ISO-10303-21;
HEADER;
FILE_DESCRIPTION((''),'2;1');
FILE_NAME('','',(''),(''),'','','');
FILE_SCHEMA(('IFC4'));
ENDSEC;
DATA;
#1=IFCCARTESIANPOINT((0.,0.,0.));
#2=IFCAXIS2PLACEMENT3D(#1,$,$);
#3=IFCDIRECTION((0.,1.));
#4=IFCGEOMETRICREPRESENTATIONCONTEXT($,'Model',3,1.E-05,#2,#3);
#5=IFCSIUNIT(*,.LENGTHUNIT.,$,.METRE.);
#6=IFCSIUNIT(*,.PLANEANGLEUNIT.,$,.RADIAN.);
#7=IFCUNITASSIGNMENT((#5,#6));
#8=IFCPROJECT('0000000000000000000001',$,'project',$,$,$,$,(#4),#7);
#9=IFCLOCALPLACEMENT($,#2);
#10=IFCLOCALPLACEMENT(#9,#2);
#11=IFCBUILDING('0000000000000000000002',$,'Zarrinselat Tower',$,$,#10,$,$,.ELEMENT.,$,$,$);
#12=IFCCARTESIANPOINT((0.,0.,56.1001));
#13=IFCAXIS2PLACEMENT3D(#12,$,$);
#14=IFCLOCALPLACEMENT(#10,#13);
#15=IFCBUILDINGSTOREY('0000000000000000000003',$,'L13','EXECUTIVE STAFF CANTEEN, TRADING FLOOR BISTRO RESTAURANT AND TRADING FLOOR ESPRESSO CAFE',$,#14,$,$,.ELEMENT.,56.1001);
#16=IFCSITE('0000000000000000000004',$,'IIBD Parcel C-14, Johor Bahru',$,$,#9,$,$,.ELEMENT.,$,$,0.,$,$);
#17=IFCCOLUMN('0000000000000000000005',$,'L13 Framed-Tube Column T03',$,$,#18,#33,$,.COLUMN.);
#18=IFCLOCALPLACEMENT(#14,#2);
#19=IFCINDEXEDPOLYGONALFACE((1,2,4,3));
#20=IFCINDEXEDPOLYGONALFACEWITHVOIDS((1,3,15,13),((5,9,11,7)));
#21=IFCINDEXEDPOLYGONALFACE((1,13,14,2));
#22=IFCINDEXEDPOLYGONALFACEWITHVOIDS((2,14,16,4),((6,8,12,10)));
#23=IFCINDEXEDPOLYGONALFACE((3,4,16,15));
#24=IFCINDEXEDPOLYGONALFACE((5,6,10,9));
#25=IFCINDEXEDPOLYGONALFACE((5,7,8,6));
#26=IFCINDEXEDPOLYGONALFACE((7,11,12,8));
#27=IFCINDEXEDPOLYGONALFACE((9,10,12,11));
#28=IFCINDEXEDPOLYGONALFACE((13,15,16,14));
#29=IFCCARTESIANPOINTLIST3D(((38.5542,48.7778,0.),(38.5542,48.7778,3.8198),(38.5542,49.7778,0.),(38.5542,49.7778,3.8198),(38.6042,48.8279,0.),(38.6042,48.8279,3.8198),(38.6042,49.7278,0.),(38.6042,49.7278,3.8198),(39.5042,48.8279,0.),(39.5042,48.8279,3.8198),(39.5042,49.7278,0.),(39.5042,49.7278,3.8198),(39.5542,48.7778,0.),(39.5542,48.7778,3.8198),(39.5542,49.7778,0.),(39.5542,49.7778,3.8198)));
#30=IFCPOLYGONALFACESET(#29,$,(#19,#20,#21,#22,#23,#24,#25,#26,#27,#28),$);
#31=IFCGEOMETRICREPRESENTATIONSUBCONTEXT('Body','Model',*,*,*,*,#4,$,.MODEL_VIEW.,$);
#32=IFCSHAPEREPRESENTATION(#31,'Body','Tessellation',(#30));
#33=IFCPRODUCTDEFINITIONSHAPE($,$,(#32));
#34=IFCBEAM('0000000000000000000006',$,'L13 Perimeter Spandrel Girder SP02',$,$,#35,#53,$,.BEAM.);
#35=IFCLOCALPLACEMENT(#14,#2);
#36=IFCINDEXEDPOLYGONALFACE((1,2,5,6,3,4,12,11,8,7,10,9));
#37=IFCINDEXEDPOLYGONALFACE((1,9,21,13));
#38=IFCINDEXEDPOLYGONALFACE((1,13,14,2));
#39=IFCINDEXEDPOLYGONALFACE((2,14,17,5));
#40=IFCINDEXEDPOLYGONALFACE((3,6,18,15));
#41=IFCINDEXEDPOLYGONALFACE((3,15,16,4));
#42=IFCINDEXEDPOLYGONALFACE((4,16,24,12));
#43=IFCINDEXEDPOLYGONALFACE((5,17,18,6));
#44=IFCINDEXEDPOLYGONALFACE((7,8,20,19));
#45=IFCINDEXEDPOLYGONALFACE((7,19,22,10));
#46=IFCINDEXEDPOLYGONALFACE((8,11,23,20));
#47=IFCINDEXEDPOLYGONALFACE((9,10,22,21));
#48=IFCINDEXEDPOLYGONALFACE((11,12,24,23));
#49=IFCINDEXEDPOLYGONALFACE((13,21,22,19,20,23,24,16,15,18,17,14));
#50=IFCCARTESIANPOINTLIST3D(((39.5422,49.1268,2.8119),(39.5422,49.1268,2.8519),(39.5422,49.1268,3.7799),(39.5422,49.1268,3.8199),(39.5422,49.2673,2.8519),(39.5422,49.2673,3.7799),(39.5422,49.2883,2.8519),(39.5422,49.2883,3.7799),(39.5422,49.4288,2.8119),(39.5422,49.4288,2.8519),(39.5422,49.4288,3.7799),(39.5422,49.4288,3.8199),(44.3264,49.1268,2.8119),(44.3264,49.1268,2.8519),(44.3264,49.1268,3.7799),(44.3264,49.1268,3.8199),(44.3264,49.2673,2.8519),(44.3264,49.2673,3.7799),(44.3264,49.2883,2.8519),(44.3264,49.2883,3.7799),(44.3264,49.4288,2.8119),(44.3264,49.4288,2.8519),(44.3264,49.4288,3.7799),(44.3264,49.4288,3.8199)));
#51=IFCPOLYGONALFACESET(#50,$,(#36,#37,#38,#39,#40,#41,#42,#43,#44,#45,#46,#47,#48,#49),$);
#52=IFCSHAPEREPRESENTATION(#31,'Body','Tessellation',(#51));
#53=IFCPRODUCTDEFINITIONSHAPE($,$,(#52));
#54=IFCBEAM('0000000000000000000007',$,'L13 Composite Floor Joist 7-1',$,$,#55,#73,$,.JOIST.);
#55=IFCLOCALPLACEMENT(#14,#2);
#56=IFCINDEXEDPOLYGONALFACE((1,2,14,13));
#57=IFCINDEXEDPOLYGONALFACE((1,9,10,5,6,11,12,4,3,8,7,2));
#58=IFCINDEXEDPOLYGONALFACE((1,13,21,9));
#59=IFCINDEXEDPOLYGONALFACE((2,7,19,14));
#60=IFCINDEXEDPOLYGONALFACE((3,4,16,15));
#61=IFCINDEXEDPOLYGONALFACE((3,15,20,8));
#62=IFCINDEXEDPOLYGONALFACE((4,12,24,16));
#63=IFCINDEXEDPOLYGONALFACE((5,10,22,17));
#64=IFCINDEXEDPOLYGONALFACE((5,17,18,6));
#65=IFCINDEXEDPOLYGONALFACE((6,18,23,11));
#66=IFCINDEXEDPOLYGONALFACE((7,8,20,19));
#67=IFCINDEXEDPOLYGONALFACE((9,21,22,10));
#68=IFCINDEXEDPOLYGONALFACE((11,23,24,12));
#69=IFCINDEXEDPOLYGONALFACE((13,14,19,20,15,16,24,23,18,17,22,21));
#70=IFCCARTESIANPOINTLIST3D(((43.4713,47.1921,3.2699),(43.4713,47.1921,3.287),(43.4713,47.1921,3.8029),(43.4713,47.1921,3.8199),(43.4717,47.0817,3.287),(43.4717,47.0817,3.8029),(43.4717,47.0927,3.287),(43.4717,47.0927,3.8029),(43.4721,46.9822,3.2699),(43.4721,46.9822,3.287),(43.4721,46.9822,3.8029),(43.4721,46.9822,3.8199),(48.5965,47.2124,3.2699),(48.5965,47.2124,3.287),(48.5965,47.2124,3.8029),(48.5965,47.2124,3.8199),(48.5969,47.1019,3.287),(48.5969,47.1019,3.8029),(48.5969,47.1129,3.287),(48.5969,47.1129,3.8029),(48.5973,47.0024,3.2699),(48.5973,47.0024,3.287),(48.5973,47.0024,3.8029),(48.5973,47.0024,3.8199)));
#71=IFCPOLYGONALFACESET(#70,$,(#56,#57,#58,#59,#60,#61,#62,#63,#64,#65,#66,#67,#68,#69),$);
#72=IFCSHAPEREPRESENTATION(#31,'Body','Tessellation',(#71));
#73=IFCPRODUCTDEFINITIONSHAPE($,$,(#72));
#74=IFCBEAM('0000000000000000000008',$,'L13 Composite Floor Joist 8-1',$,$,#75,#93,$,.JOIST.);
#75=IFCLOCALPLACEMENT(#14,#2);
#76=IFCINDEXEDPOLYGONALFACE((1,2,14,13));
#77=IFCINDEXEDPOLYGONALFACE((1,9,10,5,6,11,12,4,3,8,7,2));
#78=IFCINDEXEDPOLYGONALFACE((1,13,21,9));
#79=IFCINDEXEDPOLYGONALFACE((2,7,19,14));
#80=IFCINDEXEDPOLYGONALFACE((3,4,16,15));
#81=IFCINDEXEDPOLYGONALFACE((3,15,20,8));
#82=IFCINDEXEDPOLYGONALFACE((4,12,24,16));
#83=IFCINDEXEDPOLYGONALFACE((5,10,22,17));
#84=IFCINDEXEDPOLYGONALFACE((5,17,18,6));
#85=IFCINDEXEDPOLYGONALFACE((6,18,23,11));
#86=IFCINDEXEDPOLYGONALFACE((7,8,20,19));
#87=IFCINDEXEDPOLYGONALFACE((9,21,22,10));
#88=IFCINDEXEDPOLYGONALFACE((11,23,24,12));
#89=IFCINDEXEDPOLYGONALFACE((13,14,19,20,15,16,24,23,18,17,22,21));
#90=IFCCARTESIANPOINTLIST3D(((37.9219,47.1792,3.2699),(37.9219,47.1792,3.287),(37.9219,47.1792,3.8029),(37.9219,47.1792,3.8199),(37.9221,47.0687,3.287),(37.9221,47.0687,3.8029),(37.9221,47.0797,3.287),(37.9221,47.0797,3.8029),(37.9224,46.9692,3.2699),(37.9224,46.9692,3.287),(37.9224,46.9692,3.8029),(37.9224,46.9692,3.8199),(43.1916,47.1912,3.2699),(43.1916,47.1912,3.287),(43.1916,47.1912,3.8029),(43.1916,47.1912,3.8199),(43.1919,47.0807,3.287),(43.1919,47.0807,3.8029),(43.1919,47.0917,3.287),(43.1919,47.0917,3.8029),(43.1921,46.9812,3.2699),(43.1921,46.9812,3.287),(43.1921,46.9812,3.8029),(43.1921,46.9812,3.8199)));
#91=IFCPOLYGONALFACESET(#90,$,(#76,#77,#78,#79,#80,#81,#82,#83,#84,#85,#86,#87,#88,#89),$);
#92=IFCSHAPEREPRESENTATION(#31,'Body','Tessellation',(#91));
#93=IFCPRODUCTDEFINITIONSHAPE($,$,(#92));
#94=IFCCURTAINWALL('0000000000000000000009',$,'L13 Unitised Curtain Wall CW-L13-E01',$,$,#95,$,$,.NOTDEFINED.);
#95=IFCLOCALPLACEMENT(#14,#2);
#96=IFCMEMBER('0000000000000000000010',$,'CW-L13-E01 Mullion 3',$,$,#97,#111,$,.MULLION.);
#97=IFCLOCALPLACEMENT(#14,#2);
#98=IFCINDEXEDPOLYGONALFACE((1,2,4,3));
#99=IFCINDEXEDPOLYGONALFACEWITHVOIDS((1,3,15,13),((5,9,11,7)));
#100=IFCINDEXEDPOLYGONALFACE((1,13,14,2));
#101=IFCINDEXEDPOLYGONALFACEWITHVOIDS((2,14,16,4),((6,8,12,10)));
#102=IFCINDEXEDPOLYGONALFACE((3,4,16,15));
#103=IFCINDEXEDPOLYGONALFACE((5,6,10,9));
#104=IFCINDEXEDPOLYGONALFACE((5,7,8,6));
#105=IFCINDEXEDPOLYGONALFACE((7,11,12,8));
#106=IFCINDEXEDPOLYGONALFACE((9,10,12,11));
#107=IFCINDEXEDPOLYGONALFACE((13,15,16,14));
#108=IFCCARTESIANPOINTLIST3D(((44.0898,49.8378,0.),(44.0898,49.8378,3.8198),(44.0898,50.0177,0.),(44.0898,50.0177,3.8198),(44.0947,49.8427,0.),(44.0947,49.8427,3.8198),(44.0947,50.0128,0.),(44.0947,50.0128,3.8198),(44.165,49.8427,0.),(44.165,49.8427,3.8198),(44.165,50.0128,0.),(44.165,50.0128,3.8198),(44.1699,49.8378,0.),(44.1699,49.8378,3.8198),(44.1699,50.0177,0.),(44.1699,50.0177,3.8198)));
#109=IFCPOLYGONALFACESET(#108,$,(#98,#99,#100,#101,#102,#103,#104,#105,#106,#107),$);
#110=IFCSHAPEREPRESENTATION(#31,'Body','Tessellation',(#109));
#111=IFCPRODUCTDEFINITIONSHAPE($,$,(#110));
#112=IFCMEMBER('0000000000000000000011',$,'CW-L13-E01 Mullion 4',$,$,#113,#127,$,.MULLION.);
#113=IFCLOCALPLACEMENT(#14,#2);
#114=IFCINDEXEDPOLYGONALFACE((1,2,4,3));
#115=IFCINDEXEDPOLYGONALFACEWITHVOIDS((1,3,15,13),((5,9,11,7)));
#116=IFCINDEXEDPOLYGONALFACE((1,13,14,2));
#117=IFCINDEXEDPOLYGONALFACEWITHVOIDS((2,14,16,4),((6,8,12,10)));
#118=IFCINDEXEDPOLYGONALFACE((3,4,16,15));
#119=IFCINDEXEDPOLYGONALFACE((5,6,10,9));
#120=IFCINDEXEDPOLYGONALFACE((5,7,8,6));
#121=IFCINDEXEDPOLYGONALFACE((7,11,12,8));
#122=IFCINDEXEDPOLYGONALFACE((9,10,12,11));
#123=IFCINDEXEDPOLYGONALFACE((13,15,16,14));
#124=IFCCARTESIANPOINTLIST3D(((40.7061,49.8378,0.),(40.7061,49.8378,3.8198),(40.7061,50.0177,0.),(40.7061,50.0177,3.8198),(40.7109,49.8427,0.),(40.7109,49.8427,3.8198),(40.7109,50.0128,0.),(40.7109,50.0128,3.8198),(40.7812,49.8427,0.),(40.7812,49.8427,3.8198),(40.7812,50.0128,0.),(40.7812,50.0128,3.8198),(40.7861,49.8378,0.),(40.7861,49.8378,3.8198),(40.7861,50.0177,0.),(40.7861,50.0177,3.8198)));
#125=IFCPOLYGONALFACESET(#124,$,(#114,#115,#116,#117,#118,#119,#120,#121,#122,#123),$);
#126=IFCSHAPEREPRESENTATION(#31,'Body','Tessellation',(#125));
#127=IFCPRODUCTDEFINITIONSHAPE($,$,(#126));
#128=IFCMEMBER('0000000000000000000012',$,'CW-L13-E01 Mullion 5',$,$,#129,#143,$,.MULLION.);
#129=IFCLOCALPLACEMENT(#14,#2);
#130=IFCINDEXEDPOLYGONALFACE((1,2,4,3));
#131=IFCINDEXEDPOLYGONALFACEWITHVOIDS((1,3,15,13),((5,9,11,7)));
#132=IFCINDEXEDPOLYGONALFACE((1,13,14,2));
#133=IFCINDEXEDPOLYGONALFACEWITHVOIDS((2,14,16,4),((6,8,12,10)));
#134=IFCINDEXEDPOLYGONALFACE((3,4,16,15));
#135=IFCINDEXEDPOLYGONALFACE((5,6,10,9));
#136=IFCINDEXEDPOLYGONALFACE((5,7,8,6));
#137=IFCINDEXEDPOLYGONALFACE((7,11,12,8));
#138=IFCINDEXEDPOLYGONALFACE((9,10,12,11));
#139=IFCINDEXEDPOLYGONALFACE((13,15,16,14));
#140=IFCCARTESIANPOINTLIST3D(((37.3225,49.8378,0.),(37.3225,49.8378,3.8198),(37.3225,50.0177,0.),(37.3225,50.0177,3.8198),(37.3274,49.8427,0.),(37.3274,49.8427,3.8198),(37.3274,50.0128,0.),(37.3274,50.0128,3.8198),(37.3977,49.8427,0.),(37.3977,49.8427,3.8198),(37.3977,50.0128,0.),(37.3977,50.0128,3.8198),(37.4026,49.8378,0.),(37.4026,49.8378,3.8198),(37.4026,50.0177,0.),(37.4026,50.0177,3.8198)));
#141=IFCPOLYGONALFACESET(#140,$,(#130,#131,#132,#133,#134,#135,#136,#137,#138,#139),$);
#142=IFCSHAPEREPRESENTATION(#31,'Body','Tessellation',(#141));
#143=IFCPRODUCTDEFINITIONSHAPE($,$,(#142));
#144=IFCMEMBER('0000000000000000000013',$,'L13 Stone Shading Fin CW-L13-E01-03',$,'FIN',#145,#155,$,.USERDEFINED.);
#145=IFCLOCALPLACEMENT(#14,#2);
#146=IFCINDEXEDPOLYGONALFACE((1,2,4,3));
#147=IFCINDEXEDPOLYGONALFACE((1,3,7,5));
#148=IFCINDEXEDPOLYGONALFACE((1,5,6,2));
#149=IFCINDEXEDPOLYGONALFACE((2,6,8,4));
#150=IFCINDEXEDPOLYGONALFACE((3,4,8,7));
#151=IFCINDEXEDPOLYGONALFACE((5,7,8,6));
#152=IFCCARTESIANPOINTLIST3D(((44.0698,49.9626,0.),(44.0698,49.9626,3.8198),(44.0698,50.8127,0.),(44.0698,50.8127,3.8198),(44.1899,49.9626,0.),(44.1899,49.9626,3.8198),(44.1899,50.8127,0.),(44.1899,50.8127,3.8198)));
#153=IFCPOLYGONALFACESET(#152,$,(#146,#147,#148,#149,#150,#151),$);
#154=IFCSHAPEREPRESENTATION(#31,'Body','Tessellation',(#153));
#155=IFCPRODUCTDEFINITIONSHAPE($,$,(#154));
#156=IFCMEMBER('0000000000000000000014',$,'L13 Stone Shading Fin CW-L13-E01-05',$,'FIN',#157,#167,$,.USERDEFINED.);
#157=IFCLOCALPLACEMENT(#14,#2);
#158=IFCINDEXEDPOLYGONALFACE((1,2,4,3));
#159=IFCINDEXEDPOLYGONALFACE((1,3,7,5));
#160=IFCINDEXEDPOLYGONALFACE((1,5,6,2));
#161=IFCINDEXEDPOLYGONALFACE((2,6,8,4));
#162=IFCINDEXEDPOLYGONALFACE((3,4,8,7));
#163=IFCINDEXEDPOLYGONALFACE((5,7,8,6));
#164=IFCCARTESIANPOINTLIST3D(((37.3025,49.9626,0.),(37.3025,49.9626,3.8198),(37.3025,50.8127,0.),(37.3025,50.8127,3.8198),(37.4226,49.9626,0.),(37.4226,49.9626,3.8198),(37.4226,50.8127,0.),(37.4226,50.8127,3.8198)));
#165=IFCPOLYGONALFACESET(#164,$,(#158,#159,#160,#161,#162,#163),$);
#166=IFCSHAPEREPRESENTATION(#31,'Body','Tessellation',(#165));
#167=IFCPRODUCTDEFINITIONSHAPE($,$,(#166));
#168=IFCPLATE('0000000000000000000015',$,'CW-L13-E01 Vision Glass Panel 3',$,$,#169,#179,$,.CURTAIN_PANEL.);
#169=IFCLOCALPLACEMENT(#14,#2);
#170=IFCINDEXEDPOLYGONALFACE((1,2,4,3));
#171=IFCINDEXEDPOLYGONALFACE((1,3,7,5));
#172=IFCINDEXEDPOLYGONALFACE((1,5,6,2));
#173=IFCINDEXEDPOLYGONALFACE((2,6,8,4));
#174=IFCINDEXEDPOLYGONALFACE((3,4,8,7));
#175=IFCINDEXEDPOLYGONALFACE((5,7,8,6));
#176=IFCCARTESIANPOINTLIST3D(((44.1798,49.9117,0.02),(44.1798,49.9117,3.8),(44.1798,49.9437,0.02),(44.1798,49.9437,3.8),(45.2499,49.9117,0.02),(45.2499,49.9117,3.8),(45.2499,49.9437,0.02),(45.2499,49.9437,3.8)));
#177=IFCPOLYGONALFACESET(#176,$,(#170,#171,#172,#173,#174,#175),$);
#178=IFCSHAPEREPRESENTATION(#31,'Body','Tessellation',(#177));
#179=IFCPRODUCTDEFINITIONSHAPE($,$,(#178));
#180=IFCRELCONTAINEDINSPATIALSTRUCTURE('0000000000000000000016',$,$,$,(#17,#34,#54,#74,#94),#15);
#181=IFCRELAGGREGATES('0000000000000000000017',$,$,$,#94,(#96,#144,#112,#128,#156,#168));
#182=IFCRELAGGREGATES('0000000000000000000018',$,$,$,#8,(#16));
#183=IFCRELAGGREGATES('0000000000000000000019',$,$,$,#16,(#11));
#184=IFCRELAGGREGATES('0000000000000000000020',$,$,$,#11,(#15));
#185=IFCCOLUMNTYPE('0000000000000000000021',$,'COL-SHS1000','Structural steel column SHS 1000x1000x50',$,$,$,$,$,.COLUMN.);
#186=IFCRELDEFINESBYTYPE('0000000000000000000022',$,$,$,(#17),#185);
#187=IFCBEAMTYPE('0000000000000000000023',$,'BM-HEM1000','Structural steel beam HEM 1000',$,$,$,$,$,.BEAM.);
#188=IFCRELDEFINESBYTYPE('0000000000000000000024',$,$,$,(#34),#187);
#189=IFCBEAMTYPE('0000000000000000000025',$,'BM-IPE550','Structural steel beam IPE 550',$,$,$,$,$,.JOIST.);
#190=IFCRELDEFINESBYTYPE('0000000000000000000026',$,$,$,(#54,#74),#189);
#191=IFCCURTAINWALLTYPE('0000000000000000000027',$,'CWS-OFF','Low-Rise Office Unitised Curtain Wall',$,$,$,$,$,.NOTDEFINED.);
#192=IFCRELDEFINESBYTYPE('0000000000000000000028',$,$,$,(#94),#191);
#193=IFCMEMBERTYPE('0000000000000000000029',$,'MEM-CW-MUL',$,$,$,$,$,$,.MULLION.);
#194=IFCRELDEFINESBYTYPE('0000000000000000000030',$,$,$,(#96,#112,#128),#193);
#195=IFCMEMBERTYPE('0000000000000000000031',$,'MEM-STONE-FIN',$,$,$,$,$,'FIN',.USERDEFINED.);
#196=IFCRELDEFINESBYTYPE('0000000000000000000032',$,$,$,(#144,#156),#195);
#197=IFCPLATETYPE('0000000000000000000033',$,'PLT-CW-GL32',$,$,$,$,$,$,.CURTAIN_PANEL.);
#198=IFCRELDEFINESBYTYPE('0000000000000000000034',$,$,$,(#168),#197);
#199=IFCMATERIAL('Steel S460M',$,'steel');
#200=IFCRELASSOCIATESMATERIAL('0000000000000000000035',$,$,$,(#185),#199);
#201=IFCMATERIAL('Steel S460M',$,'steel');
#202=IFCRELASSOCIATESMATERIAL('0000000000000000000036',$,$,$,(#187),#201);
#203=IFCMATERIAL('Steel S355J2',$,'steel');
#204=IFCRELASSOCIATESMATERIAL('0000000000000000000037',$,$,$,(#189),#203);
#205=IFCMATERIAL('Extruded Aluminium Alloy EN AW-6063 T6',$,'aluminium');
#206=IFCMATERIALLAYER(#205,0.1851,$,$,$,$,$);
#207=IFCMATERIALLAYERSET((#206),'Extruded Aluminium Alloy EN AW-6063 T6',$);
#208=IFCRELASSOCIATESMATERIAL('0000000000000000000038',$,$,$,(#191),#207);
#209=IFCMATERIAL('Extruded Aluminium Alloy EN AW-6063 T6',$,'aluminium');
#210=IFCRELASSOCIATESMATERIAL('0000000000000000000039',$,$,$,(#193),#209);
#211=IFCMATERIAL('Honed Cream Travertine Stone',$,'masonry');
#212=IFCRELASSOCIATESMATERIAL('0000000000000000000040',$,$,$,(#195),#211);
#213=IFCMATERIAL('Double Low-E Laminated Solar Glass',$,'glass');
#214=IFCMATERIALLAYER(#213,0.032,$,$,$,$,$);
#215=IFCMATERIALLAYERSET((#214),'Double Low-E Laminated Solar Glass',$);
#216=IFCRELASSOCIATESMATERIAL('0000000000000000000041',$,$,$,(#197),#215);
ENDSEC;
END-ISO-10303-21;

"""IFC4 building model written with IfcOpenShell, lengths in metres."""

from ifc_helpers import new_model, si_unit, direction, frame, origin, origin_2d, place, context, subcontext, project, spatial, rectangle, hollow_rectangle, i_section, extrude, material, layer, layer_set, material_profile, profile_set, type_object, element, aggregate, save


model = new_model("IFC4")

# Units and contexts
model_context = context("Model", 3, precision=1e-05, world=origin(), true_north=direction((0.0, 1.0)))
body_context = subcontext(model_context, "Body", "Model", "MODEL_VIEW")
ifc_project = project(units=[si_unit("LENGTHUNIT", "METRE"), si_unit("PLANEANGLEUNIT", "RADIAN")], contexts=[model_context])

# Site, building, storey
site_placement = place(None, origin())
site = spatial("IfcSite", under=ifc_project, at=site_placement, Name="IIBD Parcel C-14, Johor Bahru", CompositionType="ELEMENT", RefElevation=0.0)
building_placement = place(site_placement, origin())
building = spatial("IfcBuilding", under=site, at=building_placement, Name="Zarrinselat Tower", CompositionType="ELEMENT")
storey_placement = place(building_placement, frame((0.0, 0.0, 56.1001)))
storey = spatial("IfcBuildingStorey", under=building, at=storey_placement, Name="L13", Description="EXECUTIVE STAFF CANTEEN, TRADING FLOOR BISTRO RESTAURANT AND TRADING FLOOR ESPRESSO CAFE", CompositionType="ELEMENT", Elevation=56.1001)

# Column
ifc_material_1 = material(Name="Steel S460M", Category="steel")
ifc_material_profile_1 = material_profile(ifc_material_1, hollow_rectangle(XDim=1.0, YDim=1.0, WallThickness=0.05, at=origin_2d()), Name="SHS 1000x1000x50")
ifc_profile_set_1 = profile_set([ifc_material_profile_1], Name="Steel S460M")
column_type = type_object("IfcColumnType", Name="COL-SHS1000", Description="Structural steel column SHS 1000x1000x50", PredefinedType="COLUMN", material=ifc_profile_set_1)
column_placement = place(storey_placement, frame((39.0542, 49.2778, 0.0), z_axis=(0.0, 0.0, 1.0), x_axis=(1.0, 0.0, 0.0)))
element("IfcColumn", 1, at=column_placement, inside=storey, type_object=column_type, Name="L13 Framed-Tube Column T03", PredefinedType="COLUMN", context=body_context, shape_type="SweptSolid", body=[
    extrude(hollow_rectangle(XDim=1.0, YDim=1.0, WallThickness=0.05, at=origin_2d()), origin(), (0.0, 0.0, 1.0), 3.8198),
])

# Beams
ifc_material_2 = material(Name="Steel S460M", Category="steel")
ifc_material_profile_2 = material_profile(ifc_material_2, i_section(OverallWidth=0.302, OverallDepth=1.0081, WebThickness=0.021, FlangeThickness=0.04, at=origin_2d()), Name="HEM 1000")
ifc_profile_set_2 = profile_set([ifc_material_profile_2], Name="Steel S460M")
beam_type_1 = type_object("IfcBeamType", Name="BM-HEM1000", Description="Structural steel beam HEM 1000", PredefinedType="BEAM", material=ifc_profile_set_2)
beam_1_placement = place(storey_placement, frame((39.5422, 49.2778, 3.3159), z_axis=(1.0, 0.0, 0.0), x_axis=(0.0, 1.0, 0.0)))
element("IfcBeam", 2, at=beam_1_placement, inside=storey, type_object=beam_type_1, Name="L13 Perimeter Spandrel Girder SP02", PredefinedType="BEAM", context=body_context, shape_type="SweptSolid", body=[
    extrude(i_section(OverallWidth=0.302, OverallDepth=1.0081, WebThickness=0.021, FlangeThickness=0.04, at=origin_2d()), origin(), (0.0, 0.0, 1.0), 4.7842),
])
ifc_material_3 = material(Name="Steel S355J2", Category="steel")
ifc_material_profile_3 = material_profile(ifc_material_3, i_section(OverallWidth=0.21, OverallDepth=0.55, WebThickness=0.011, FlangeThickness=0.0171, at=origin_2d()), Name="IPE 550")
ifc_profile_set_3 = profile_set([ifc_material_profile_3], Name="Steel S355J2")
beam_type_2 = type_object("IfcBeamType", Name="BM-IPE550", Description="Structural steel beam IPE 550", PredefinedType="JOIST", material=ifc_profile_set_3)
beam_2_placement = place(storey_placement, frame((43.4717, 47.0872, 3.5449), z_axis=(0.999992, 0.003954, 0.0), x_axis=(-0.003954, 0.999992, 0.0)))
element("IfcBeam", 3, at=beam_2_placement, inside=storey, type_object=beam_type_2, Name="L13 Composite Floor Joist 7-1", PredefinedType="JOIST", context=body_context, shape_type="SweptSolid", body=[
    extrude(i_section(OverallWidth=0.21, OverallDepth=0.55, WebThickness=0.011, FlangeThickness=0.0171, at=origin_2d()), origin(), (0.0, 0.0, 1.0), 5.1252),
])
beam_3_placement = place(storey_placement, frame((37.9221, 47.0742, 3.5449), z_axis=(0.999997, 0.00227, 0.0), x_axis=(-0.00227, 0.999997, 0.0)))
element("IfcBeam", 4, at=beam_3_placement, inside=storey, type_object=beam_type_2, Name="L13 Composite Floor Joist 8-1", PredefinedType="JOIST", context=body_context, shape_type="SweptSolid", body=[
    extrude(i_section(OverallWidth=0.21, OverallDepth=0.55, WebThickness=0.011, FlangeThickness=0.0171, at=origin_2d()), origin(), (0.0, 0.0, 1.0), 5.2698),
])

# Curtain wall, members, plate
ifc_material_4 = material(Name="Extruded Aluminium Alloy EN AW-6063 T6", Category="aluminium")
ifc_layer_1 = layer(ifc_material_4, 0.1851)
ifc_layer_set_1 = layer_set([ifc_layer_1], Name="Extruded Aluminium Alloy EN AW-6063 T6")
curtain_wall_type = type_object("IfcCurtainWallType", Name="CWS-OFF", Description="Low-Rise Office Unitised Curtain Wall", PredefinedType="NOTDEFINED", material=ifc_layer_set_1)
curtain_wall_placement = place(storey_placement, origin())
curtain_wall = element("IfcCurtainWall", 5, at=curtain_wall_placement, inside=storey, type_object=curtain_wall_type, Name="L13 Unitised Curtain Wall CW-L13-E01", PredefinedType="NOTDEFINED")
ifc_material_5 = material(Name="Extruded Aluminium Alloy EN AW-6063 T6", Category="aluminium")
ifc_material_profile_4 = material_profile(ifc_material_5, hollow_rectangle(XDim=0.0801, YDim=0.1799, WallThickness=0.0049, at=origin_2d()), Name="RHS 180x80x5")
ifc_profile_set_4 = profile_set([ifc_material_profile_4], Name="Extruded Aluminium Alloy EN AW-6063 T6")
member_type_1 = type_object("IfcMemberType", Name="MEM-CW-MUL", PredefinedType="MULLION", material=ifc_profile_set_4)
member_1_placement = place(storey_placement, frame((44.1299, 49.9277, 0.0), z_axis=(0.0, 0.0, 1.0), x_axis=(-1.0, 0.0, 0.0)))
member_1 = element("IfcMember", 6, at=member_1_placement, type_object=member_type_1, Name="CW-L13-E01 Mullion 3", PredefinedType="MULLION", context=body_context, shape_type="SweptSolid", body=[
    extrude(hollow_rectangle(XDim=0.0801, YDim=0.1799, WallThickness=0.0049, at=origin_2d()), origin(), (0.0, 0.0, 1.0), 3.8198),
])
member_2_placement = place(storey_placement, frame((40.7461, 49.9277, 0.0), z_axis=(0.0, 0.0, 1.0), x_axis=(-1.0, 0.0, 0.0)))
member_2 = element("IfcMember", 7, at=member_2_placement, type_object=member_type_1, Name="CW-L13-E01 Mullion 4", PredefinedType="MULLION", context=body_context, shape_type="SweptSolid", body=[
    extrude(hollow_rectangle(XDim=0.0801, YDim=0.1799, WallThickness=0.0049, at=origin_2d()), origin(), (0.0, 0.0, 1.0), 3.8198),
])
member_3_placement = place(storey_placement, frame((37.3625, 49.9277, 0.0), z_axis=(0.0, 0.0, 1.0), x_axis=(-1.0, 0.0, 0.0)))
member_3 = element("IfcMember", 8, at=member_3_placement, type_object=member_type_1, Name="CW-L13-E01 Mullion 5", PredefinedType="MULLION", context=body_context, shape_type="SweptSolid", body=[
    extrude(hollow_rectangle(XDim=0.0801, YDim=0.1799, WallThickness=0.0049, at=origin_2d()), origin(), (0.0, 0.0, 1.0), 3.8198),
])
ifc_material_6 = material(Name="Honed Cream Travertine Stone", Category="masonry")
ifc_material_profile_5 = material_profile(ifc_material_6, rectangle(XDim=0.1201, YDim=0.8501, at=origin_2d()), Name="FIN 850x120")
ifc_profile_set_5 = profile_set([ifc_material_profile_5], Name="Honed Cream Travertine Stone")
member_type_2 = type_object("IfcMemberType", Name="MEM-STONE-FIN", ElementType="FIN", PredefinedType="USERDEFINED", material=ifc_profile_set_5)
member_4_placement = place(storey_placement, frame((44.1299, 50.3877, 0.0), z_axis=(0.0, 0.0, 1.0), x_axis=(1.0, 0.0, 0.0)))
member_4 = element("IfcMember", 9, at=member_4_placement, type_object=member_type_2, Name="L13 Stone Shading Fin CW-L13-E01-03", ObjectType="FIN", PredefinedType="USERDEFINED", context=body_context, shape_type="SweptSolid", body=[
    extrude(rectangle(XDim=0.1201, YDim=0.8501, at=origin_2d()), origin(), (0.0, 0.0, 1.0), 3.8198),
])
member_5_placement = place(storey_placement, frame((37.3625, 50.3877, 0.0), z_axis=(0.0, 0.0, 1.0), x_axis=(1.0, 0.0, 0.0)))
member_5 = element("IfcMember", 10, at=member_5_placement, type_object=member_type_2, Name="L13 Stone Shading Fin CW-L13-E01-05", ObjectType="FIN", PredefinedType="USERDEFINED", context=body_context, shape_type="SweptSolid", body=[
    extrude(rectangle(XDim=0.1201, YDim=0.8501, at=origin_2d()), origin(), (0.0, 0.0, 1.0), 3.8198),
])
ifc_material_7 = material(Name="Double Low-E Laminated Solar Glass", Category="glass")
ifc_layer_2 = layer(ifc_material_7, 0.032)
ifc_layer_set_2 = layer_set([ifc_layer_2], Name="Double Low-E Laminated Solar Glass")
plate_type = type_object("IfcPlateType", Name="PLT-CW-GL32", PredefinedType="CURTAIN_PANEL", material=ifc_layer_set_2)
plate_1_placement = place(storey_placement, frame((44.7148, 49.9277, 0.02), z_axis=(0.0, 0.0, 1.0), x_axis=(-1.0, 0.0, 0.0)))
plate_1 = element("IfcPlate", 11, at=plate_1_placement, type_object=plate_type, Name="CW-L13-E01 Vision Glass Panel 3", PredefinedType="CURTAIN_PANEL", context=body_context, shape_type="SweptSolid", body=[
    extrude(rectangle(XDim=1.0701, YDim=0.032, at=origin_2d()), origin(), (0.0, 0.0, 1.0), 3.78),
])
aggregate(curtain_wall, [member_1, member_4, member_2, member_3, member_5, plate_1])

save(model, "model.ifc")
